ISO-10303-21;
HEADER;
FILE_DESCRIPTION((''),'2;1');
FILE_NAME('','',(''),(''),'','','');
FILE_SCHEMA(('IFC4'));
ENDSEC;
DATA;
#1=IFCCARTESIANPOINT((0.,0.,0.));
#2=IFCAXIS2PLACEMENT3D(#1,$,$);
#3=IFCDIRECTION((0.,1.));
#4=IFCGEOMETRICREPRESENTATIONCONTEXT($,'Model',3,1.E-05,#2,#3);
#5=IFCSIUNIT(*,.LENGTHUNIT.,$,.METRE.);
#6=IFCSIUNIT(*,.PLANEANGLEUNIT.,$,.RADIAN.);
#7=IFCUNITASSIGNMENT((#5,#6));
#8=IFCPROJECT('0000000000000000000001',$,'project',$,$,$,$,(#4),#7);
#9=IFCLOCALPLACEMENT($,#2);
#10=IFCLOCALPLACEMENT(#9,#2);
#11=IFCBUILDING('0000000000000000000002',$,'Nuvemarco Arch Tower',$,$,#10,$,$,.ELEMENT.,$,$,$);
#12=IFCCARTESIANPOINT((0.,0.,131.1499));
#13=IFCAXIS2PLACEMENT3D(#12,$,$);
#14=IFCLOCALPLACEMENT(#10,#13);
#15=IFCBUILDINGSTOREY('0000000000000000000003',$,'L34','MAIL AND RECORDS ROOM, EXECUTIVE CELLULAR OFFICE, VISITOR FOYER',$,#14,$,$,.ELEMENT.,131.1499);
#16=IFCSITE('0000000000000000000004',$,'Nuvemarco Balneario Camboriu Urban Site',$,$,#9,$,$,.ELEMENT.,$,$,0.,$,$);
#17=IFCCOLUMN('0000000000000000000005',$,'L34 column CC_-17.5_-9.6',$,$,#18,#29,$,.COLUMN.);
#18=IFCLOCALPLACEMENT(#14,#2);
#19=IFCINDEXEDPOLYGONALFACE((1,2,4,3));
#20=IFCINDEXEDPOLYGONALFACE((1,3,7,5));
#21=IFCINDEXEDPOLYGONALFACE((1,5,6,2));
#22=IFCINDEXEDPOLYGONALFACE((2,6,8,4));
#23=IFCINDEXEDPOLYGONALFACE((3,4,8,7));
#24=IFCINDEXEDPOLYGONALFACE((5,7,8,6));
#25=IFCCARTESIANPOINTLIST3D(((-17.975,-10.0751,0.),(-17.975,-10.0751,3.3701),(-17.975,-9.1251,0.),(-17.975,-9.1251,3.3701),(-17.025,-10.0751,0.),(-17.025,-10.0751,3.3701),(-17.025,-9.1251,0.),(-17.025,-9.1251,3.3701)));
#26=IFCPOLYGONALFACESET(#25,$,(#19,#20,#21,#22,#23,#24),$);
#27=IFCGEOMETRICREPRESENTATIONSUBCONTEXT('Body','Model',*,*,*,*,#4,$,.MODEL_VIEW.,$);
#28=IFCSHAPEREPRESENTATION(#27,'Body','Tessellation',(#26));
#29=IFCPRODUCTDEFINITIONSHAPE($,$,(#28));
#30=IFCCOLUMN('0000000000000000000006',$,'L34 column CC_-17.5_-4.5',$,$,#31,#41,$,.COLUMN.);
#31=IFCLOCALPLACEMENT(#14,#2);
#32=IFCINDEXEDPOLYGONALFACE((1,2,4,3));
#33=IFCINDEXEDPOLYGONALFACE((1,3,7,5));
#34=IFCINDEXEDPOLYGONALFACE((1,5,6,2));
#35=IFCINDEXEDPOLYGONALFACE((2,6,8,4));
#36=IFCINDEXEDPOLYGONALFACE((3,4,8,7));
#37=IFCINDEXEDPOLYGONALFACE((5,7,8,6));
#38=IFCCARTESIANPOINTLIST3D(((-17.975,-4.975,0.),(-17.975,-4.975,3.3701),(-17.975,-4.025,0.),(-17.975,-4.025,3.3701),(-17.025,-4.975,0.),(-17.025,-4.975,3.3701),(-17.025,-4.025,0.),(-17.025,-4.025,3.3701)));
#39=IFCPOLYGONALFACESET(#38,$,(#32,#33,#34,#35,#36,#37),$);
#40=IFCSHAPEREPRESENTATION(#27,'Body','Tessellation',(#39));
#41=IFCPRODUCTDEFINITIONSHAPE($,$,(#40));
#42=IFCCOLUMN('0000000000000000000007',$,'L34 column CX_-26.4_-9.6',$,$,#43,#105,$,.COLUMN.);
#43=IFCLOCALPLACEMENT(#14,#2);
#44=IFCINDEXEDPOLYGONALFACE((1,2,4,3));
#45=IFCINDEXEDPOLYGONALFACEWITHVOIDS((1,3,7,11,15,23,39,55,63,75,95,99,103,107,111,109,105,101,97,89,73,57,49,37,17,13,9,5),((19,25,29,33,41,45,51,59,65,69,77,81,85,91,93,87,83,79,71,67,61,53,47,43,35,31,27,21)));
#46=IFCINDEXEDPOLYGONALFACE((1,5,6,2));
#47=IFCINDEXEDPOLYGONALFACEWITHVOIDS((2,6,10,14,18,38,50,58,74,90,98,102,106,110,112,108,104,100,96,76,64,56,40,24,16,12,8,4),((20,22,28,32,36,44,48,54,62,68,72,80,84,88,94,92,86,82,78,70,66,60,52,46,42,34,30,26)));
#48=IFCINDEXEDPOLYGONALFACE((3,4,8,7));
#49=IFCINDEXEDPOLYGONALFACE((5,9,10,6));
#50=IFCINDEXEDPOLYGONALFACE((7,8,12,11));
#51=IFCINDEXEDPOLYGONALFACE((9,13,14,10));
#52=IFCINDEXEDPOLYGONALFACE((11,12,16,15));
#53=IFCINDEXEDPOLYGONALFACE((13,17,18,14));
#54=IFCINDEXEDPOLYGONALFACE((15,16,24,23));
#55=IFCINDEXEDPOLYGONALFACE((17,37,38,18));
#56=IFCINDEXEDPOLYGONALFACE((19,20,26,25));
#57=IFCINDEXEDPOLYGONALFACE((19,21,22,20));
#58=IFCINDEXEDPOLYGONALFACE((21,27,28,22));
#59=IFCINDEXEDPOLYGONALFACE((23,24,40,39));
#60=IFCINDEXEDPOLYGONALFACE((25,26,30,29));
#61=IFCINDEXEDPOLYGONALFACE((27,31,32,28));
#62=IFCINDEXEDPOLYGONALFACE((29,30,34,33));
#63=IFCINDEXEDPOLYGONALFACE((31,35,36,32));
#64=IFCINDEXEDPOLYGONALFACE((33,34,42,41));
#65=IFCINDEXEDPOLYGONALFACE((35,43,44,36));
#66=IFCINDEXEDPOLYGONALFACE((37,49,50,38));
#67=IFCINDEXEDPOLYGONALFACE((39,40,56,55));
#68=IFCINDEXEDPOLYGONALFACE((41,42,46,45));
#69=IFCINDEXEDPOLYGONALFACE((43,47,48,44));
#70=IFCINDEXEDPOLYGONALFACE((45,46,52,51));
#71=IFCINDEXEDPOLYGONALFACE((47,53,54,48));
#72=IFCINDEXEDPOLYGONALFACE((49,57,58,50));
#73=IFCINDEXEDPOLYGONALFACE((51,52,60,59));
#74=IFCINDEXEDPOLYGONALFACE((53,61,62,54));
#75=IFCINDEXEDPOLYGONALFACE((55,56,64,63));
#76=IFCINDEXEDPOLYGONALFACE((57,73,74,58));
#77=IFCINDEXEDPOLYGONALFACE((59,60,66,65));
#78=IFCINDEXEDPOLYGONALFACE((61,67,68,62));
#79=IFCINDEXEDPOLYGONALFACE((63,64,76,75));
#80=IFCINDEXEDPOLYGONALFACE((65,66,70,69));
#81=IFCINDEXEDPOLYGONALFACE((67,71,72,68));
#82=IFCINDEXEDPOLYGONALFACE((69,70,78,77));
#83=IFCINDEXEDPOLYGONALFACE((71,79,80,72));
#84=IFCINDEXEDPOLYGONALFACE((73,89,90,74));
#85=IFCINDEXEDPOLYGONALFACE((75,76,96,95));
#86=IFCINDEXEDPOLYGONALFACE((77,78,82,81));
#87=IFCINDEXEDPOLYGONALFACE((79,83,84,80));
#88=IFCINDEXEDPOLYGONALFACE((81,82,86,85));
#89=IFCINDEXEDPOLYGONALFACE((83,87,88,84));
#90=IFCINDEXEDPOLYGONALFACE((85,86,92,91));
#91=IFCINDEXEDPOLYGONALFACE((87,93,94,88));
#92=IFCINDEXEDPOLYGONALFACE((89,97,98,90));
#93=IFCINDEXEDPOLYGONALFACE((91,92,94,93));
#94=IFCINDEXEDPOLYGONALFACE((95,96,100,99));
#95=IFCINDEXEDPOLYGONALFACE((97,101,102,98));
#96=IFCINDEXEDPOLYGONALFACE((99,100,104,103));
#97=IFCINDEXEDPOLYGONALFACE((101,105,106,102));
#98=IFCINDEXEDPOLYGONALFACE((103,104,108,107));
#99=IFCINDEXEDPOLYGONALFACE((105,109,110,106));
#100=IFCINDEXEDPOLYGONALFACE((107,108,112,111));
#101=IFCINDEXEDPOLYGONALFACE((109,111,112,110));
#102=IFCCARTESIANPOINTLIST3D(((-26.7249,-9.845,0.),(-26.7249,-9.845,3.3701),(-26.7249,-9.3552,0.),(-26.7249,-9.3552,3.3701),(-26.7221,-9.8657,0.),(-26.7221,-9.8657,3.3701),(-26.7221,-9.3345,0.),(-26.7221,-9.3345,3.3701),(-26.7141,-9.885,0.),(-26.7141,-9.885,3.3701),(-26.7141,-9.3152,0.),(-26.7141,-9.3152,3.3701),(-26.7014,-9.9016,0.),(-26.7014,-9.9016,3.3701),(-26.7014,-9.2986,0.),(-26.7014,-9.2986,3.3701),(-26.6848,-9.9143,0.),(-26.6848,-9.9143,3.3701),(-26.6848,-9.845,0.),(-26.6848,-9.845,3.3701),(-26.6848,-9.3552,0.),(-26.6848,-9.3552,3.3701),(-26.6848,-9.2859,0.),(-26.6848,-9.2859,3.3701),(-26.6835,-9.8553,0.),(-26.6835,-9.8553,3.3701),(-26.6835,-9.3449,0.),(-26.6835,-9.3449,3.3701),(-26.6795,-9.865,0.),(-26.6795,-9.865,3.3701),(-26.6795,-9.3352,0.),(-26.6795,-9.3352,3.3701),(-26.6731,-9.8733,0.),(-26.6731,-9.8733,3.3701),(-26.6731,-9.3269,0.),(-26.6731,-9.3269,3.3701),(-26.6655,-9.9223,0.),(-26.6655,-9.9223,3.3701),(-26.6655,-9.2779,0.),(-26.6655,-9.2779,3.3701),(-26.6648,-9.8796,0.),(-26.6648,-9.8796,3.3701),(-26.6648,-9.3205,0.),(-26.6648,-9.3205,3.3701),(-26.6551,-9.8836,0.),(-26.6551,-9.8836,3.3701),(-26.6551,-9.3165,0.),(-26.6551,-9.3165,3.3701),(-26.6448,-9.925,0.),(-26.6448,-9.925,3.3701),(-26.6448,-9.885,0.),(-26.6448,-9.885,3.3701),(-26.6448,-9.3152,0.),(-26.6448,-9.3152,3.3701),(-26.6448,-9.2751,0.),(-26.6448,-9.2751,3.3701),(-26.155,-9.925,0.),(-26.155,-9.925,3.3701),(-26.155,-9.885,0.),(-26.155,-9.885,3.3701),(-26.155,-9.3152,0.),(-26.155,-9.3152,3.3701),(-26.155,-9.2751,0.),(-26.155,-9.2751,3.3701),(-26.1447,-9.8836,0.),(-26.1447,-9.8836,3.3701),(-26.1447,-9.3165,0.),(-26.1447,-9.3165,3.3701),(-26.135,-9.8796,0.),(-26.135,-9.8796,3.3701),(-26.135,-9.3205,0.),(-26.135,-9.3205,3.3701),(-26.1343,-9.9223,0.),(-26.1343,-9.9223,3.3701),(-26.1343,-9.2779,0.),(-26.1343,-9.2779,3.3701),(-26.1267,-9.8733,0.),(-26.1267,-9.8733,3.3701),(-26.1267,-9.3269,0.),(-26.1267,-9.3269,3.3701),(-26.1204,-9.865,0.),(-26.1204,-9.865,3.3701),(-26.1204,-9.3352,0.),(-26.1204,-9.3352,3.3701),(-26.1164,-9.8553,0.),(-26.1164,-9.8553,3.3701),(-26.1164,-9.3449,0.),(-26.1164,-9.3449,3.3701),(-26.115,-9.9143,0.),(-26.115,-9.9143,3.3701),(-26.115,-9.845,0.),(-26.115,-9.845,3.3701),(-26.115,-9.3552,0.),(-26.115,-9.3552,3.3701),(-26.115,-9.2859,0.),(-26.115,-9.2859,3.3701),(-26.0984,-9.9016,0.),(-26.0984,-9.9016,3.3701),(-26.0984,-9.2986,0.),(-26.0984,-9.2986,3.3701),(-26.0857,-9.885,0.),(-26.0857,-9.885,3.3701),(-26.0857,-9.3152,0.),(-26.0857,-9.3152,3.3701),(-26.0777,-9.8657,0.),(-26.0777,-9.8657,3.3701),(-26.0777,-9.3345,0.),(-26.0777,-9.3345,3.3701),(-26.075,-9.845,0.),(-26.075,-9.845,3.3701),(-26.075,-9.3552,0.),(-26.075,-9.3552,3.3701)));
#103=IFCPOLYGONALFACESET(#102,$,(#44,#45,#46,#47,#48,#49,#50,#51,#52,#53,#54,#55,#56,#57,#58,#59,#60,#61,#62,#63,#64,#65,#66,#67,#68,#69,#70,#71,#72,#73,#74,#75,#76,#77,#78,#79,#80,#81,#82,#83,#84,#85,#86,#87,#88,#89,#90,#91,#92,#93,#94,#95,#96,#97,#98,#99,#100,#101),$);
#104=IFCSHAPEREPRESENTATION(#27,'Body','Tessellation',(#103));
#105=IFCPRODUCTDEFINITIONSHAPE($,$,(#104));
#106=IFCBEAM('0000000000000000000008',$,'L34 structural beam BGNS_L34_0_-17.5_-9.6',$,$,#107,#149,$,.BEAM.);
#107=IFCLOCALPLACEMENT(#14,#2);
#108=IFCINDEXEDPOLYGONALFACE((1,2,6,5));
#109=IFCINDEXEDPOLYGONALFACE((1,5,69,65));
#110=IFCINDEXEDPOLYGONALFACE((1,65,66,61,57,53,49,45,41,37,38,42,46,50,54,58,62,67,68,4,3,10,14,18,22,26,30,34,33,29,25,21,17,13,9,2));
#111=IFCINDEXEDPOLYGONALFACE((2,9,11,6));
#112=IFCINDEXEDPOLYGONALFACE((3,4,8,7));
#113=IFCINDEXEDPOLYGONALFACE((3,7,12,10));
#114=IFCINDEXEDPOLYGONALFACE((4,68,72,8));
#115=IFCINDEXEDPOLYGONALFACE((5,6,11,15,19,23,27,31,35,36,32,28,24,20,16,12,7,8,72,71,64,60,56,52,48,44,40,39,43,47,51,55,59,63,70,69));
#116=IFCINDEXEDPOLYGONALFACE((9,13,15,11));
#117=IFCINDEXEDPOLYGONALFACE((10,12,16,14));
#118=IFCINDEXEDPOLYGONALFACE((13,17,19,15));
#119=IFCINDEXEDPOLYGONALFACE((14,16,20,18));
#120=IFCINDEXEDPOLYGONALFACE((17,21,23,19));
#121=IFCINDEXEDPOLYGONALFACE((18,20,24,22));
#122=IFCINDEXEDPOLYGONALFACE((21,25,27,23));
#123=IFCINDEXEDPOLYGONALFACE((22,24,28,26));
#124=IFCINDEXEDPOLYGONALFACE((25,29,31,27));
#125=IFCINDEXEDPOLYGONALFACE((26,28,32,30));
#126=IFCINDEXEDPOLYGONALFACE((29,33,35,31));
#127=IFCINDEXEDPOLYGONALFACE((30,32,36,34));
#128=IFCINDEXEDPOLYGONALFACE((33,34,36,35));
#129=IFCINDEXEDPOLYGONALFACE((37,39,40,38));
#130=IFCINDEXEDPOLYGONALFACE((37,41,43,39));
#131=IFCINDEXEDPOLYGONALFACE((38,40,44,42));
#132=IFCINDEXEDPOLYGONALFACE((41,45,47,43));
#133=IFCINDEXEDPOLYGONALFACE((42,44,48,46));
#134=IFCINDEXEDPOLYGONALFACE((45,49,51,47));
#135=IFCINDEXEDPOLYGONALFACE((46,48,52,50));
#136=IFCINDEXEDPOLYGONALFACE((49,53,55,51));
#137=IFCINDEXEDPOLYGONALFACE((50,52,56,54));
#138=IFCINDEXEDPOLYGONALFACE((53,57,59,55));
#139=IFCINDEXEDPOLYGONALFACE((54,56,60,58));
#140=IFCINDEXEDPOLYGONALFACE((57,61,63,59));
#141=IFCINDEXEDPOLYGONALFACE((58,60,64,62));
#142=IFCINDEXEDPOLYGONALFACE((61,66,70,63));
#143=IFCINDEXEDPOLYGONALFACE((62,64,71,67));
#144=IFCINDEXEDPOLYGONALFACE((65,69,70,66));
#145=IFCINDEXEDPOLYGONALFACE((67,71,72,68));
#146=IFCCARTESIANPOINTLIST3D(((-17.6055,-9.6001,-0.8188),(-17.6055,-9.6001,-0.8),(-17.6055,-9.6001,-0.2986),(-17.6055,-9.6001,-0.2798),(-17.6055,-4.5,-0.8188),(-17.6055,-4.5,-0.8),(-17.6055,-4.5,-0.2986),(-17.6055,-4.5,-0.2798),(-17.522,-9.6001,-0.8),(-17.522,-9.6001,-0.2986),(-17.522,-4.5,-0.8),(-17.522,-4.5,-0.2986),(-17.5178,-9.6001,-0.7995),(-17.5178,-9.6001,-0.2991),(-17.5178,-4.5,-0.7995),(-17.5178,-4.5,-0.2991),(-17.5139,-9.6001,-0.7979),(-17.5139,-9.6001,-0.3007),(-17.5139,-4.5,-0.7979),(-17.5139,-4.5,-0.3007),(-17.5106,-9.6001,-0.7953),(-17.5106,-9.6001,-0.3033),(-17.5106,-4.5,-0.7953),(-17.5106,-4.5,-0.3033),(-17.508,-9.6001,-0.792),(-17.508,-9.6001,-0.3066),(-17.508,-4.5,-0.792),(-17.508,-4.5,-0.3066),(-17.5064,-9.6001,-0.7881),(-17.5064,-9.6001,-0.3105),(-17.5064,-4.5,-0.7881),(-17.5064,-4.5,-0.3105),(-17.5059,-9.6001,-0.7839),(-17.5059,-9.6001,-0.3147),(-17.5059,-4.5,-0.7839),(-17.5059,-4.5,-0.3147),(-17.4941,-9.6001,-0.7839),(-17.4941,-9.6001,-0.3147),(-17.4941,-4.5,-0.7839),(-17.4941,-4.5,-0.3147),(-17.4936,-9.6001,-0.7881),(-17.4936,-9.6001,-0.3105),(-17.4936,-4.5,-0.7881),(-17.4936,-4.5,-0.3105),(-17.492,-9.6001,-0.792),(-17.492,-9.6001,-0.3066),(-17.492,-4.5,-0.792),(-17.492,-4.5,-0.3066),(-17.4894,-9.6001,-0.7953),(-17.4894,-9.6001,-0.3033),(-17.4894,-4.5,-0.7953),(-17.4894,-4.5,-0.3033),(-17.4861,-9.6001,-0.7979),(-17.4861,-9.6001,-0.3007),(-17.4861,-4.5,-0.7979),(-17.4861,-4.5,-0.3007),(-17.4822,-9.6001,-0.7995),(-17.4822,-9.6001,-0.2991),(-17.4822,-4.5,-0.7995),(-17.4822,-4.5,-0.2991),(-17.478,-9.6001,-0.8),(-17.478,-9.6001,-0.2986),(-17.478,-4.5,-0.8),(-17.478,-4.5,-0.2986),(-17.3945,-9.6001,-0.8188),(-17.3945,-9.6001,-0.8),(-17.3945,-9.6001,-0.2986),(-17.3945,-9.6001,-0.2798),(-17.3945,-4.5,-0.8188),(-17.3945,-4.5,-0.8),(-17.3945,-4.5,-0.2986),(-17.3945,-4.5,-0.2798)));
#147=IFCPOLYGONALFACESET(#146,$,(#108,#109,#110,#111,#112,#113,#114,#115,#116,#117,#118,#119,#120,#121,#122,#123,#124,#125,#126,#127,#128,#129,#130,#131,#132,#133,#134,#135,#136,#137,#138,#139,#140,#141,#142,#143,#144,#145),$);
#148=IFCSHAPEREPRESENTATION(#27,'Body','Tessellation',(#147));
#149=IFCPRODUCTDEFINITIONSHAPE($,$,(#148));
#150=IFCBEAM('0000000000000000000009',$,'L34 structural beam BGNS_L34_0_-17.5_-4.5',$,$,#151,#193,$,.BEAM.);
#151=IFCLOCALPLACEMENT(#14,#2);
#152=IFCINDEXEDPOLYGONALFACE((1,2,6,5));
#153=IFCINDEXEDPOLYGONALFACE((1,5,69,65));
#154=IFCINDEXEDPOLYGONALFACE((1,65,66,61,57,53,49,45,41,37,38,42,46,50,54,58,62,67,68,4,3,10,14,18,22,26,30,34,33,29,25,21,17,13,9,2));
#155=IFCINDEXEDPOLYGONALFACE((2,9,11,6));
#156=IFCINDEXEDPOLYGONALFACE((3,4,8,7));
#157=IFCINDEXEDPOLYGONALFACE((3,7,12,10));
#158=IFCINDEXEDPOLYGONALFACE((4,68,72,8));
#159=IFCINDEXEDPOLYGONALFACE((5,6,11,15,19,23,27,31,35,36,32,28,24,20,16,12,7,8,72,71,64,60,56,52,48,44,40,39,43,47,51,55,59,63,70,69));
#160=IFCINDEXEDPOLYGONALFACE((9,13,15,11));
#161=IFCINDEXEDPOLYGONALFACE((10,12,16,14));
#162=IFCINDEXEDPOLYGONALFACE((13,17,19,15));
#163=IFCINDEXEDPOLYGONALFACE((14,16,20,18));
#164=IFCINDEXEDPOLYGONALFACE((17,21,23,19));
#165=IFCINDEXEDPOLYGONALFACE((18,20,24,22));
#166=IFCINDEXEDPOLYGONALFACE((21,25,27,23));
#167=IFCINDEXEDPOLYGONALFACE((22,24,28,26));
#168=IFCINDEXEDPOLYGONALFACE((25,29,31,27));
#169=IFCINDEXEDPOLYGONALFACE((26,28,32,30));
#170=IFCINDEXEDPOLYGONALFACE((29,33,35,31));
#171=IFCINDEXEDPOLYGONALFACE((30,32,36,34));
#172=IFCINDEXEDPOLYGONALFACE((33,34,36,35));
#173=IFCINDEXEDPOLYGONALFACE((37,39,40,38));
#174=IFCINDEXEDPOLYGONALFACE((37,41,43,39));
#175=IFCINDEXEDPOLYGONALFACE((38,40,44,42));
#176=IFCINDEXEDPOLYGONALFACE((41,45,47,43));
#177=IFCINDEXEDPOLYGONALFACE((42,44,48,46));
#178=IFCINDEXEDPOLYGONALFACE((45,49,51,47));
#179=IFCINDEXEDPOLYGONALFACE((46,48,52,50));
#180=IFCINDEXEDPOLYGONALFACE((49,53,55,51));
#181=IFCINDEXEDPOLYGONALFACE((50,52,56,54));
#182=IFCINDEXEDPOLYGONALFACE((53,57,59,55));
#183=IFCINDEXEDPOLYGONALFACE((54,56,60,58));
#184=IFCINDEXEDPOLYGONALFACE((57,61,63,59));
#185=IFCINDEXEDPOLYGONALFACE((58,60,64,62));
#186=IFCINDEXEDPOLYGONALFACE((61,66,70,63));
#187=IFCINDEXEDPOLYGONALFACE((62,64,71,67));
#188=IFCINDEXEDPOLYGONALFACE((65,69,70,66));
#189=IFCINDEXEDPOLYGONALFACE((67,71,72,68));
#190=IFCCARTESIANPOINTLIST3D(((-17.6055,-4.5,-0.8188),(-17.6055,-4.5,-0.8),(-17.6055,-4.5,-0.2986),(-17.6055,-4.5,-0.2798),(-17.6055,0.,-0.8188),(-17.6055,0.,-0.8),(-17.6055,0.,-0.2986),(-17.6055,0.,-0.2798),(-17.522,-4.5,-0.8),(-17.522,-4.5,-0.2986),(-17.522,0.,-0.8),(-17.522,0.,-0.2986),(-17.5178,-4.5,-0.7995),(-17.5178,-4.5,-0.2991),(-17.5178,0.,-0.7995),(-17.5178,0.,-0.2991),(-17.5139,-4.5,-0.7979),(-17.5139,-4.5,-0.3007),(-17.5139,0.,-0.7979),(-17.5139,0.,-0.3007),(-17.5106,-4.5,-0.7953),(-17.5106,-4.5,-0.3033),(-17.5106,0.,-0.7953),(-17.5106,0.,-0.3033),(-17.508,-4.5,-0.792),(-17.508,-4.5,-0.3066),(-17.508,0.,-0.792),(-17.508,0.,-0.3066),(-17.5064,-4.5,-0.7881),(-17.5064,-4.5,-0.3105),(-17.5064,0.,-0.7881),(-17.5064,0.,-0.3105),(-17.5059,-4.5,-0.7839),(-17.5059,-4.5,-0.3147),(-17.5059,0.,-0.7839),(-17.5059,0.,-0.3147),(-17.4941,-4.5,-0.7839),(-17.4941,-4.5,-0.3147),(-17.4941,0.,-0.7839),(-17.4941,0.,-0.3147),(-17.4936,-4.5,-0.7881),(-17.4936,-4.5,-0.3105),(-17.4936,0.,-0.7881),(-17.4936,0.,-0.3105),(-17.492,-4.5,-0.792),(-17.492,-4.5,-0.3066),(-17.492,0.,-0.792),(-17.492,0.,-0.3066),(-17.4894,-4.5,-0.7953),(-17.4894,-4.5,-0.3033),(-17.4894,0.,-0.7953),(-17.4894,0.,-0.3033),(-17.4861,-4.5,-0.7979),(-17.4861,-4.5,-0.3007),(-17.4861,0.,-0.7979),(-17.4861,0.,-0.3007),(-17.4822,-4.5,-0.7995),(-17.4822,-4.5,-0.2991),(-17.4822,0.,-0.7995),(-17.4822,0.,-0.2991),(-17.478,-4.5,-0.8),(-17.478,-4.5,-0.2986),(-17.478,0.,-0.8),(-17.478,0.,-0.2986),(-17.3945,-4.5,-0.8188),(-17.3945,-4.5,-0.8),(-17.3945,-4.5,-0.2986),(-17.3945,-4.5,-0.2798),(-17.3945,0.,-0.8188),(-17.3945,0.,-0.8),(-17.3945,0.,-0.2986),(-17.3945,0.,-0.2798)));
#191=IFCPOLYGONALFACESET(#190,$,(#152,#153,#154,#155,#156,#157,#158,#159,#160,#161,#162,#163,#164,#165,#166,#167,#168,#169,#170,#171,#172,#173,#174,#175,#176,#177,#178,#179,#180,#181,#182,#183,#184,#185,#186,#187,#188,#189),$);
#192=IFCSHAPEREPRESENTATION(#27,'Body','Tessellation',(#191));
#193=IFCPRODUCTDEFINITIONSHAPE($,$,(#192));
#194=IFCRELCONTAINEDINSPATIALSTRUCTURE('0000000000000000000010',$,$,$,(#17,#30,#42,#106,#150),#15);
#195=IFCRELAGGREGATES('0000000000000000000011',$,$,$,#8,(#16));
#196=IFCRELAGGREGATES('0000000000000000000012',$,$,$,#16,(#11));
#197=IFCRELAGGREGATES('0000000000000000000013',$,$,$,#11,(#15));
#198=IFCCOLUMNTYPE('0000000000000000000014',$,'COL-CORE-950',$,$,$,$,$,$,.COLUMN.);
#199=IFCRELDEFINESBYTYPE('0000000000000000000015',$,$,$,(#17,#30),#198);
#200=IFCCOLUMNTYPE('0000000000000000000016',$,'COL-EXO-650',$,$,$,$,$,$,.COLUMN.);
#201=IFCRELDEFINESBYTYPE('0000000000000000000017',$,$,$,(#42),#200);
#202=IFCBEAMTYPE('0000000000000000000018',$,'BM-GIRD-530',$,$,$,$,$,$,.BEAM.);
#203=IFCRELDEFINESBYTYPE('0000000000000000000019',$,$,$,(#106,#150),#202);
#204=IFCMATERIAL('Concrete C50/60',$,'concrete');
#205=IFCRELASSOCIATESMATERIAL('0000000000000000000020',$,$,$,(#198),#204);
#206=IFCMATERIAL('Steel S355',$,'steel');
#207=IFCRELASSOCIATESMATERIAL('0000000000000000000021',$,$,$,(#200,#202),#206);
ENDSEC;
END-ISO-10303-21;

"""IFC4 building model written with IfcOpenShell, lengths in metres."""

from ifc_helpers import new_model, si_unit, direction, frame, origin, origin_2d, place, context, subcontext, project, spatial, rectangle, hollow_rectangle, i_section, extrude, material, material_profile, profile_set, type_object, element, save


model = new_model("IFC4")

# Units and contexts
model_context = context("Model", 3, precision=1e-05, world=origin(), true_north=direction((0.0, 1.0)))
body_context = subcontext(model_context, "Body", "Model", "MODEL_VIEW")
ifc_project = project(units=[si_unit("LENGTHUNIT", "METRE"), si_unit("PLANEANGLEUNIT", "RADIAN")], contexts=[model_context])

# Site, building, storey
site_placement = place(None, origin())
site = spatial("IfcSite", under=ifc_project, at=site_placement, Name="Nuvemarco Balneario Camboriu Urban Site", CompositionType="ELEMENT", RefElevation=0.0)
building_placement = place(site_placement, origin())
building = spatial("IfcBuilding", under=site, at=building_placement, Name="Nuvemarco Arch Tower", CompositionType="ELEMENT")
storey_placement = place(building_placement, frame((0.0, 0.0, 131.1499)))
storey = spatial("IfcBuildingStorey", under=building, at=storey_placement, Name="L34", Description="MAIL AND RECORDS ROOM, EXECUTIVE CELLULAR OFFICE, VISITOR FOYER", CompositionType="ELEMENT", Elevation=131.1499)

# Columns
ifc_material_1 = material(Name="Concrete C50/60", Category="concrete")
ifc_material_profile_1 = material_profile(ifc_material_1, rectangle(XDim=0.95, YDim=0.95, at=origin_2d()), Name="RC-COL-950x950")
ifc_profile_set_1 = profile_set([ifc_material_profile_1], Name="Concrete C50/60")
column_type_1 = type_object("IfcColumnType", Name="COL-CORE-950", PredefinedType="COLUMN", material=ifc_profile_set_1)
for number, where, z_axis, x_axis, name in (
    (1, (-17.5, -9.6001, 0.0), (0.0, 0.0, 1.0), (1.0, 0.0, 0.0), "L34 column CC_-17.5_-9.6"),
    (2, (-17.5, -4.5, 0.0), (0.0, 0.0, 1.0), (1.0, 0.0, 0.0), "L34 column CC_-17.5_-4.5"),
):
    element("IfcColumn", number, at=place(storey_placement, frame(where, z_axis=z_axis, x_axis=x_axis)), inside=storey, type_object=column_type_1, Name=name, PredefinedType="COLUMN", context=body_context, shape_type="SweptSolid", body=[
        extrude(rectangle(XDim=0.95, YDim=0.95, at=origin_2d()), origin(), (0.0, 0.0, 1.0), 3.3701),
    ])
ifc_material_2 = material(Name="Steel S355", Category="steel")
ifc_material_profile_2 = material_profile(ifc_material_2, hollow_rectangle(XDim=0.6499, YDim=0.6499, WallThickness=0.04, InnerFilletRadius=0.04, OuterFilletRadius=0.0801, at=origin_2d()), Name="SHS650x650x40")
ifc_profile_set_2 = profile_set([ifc_material_profile_2], Name="Steel S355")
column_type_2 = type_object("IfcColumnType", Name="COL-EXO-650", PredefinedType="COLUMN", material=ifc_profile_set_2)
column_placement = place(storey_placement, frame((-26.3999, -9.6001, 0.0), z_axis=(0.0, 0.0, 1.0), x_axis=(1.0, 0.0, 0.0)))
element("IfcColumn", 3, at=column_placement, inside=storey, type_object=column_type_2, Name="L34 column CX_-26.4_-9.6", PredefinedType="COLUMN", context=body_context, shape_type="SweptSolid", body=[
    extrude(hollow_rectangle(XDim=0.6499, YDim=0.6499, WallThickness=0.04, InnerFilletRadius=0.04, OuterFilletRadius=0.0801, at=origin_2d()), origin(), (0.0, 0.0, 1.0), 3.3701),
])

# Beams
ifc_material_profile_3 = material_profile(ifc_material_2, i_section(OverallWidth=0.2109, OverallDepth=0.5391, WebThickness=0.0117, FlangeThickness=0.0188, FilletRadius=0.0161, at=origin_2d()), Name="W530x109")
ifc_profile_set_3 = profile_set([ifc_material_profile_3], Name="Steel S355")
beam_type_1 = type_object("IfcBeamType", Name="BM-GIRD-530", PredefinedType="BEAM", material=ifc_profile_set_3)
beam_1_placement = place(storey_placement, frame((-17.5, -9.6001, -0.5493), z_axis=(0.0, 1.0, 0.0), x_axis=(-1.0, 0.0, 0.0)))
element("IfcBeam", 4, at=beam_1_placement, inside=storey, type_object=beam_type_1, Name="L34 structural beam BGNS_L34_0_-17.5_-9.6", PredefinedType="BEAM", context=body_context, shape_type="SweptSolid", body=[
    extrude(i_section(OverallWidth=0.2109, OverallDepth=0.5391, WebThickness=0.0117, FlangeThickness=0.0188, FilletRadius=0.0161, at=origin_2d()), origin(), (0.0, 0.0, 1.0), 5.1001),
])
beam_2_placement = place(storey_placement, frame((-17.5, -4.5, -0.5493), z_axis=(0.0, 1.0, 0.0), x_axis=(-1.0, 0.0, 0.0)))
element("IfcBeam", 5, at=beam_2_placement, inside=storey, type_object=beam_type_1, Name="L34 structural beam BGNS_L34_0_-17.5_-4.5", PredefinedType="BEAM", context=body_context, shape_type="SweptSolid", body=[
    extrude(i_section(OverallWidth=0.2109, OverallDepth=0.5391, WebThickness=0.0117, FlangeThickness=0.0188, FilletRadius=0.0161, at=origin_2d()), origin(), (0.0, 0.0, 1.0), 4.5),
])

save(model, "model.ifc")
